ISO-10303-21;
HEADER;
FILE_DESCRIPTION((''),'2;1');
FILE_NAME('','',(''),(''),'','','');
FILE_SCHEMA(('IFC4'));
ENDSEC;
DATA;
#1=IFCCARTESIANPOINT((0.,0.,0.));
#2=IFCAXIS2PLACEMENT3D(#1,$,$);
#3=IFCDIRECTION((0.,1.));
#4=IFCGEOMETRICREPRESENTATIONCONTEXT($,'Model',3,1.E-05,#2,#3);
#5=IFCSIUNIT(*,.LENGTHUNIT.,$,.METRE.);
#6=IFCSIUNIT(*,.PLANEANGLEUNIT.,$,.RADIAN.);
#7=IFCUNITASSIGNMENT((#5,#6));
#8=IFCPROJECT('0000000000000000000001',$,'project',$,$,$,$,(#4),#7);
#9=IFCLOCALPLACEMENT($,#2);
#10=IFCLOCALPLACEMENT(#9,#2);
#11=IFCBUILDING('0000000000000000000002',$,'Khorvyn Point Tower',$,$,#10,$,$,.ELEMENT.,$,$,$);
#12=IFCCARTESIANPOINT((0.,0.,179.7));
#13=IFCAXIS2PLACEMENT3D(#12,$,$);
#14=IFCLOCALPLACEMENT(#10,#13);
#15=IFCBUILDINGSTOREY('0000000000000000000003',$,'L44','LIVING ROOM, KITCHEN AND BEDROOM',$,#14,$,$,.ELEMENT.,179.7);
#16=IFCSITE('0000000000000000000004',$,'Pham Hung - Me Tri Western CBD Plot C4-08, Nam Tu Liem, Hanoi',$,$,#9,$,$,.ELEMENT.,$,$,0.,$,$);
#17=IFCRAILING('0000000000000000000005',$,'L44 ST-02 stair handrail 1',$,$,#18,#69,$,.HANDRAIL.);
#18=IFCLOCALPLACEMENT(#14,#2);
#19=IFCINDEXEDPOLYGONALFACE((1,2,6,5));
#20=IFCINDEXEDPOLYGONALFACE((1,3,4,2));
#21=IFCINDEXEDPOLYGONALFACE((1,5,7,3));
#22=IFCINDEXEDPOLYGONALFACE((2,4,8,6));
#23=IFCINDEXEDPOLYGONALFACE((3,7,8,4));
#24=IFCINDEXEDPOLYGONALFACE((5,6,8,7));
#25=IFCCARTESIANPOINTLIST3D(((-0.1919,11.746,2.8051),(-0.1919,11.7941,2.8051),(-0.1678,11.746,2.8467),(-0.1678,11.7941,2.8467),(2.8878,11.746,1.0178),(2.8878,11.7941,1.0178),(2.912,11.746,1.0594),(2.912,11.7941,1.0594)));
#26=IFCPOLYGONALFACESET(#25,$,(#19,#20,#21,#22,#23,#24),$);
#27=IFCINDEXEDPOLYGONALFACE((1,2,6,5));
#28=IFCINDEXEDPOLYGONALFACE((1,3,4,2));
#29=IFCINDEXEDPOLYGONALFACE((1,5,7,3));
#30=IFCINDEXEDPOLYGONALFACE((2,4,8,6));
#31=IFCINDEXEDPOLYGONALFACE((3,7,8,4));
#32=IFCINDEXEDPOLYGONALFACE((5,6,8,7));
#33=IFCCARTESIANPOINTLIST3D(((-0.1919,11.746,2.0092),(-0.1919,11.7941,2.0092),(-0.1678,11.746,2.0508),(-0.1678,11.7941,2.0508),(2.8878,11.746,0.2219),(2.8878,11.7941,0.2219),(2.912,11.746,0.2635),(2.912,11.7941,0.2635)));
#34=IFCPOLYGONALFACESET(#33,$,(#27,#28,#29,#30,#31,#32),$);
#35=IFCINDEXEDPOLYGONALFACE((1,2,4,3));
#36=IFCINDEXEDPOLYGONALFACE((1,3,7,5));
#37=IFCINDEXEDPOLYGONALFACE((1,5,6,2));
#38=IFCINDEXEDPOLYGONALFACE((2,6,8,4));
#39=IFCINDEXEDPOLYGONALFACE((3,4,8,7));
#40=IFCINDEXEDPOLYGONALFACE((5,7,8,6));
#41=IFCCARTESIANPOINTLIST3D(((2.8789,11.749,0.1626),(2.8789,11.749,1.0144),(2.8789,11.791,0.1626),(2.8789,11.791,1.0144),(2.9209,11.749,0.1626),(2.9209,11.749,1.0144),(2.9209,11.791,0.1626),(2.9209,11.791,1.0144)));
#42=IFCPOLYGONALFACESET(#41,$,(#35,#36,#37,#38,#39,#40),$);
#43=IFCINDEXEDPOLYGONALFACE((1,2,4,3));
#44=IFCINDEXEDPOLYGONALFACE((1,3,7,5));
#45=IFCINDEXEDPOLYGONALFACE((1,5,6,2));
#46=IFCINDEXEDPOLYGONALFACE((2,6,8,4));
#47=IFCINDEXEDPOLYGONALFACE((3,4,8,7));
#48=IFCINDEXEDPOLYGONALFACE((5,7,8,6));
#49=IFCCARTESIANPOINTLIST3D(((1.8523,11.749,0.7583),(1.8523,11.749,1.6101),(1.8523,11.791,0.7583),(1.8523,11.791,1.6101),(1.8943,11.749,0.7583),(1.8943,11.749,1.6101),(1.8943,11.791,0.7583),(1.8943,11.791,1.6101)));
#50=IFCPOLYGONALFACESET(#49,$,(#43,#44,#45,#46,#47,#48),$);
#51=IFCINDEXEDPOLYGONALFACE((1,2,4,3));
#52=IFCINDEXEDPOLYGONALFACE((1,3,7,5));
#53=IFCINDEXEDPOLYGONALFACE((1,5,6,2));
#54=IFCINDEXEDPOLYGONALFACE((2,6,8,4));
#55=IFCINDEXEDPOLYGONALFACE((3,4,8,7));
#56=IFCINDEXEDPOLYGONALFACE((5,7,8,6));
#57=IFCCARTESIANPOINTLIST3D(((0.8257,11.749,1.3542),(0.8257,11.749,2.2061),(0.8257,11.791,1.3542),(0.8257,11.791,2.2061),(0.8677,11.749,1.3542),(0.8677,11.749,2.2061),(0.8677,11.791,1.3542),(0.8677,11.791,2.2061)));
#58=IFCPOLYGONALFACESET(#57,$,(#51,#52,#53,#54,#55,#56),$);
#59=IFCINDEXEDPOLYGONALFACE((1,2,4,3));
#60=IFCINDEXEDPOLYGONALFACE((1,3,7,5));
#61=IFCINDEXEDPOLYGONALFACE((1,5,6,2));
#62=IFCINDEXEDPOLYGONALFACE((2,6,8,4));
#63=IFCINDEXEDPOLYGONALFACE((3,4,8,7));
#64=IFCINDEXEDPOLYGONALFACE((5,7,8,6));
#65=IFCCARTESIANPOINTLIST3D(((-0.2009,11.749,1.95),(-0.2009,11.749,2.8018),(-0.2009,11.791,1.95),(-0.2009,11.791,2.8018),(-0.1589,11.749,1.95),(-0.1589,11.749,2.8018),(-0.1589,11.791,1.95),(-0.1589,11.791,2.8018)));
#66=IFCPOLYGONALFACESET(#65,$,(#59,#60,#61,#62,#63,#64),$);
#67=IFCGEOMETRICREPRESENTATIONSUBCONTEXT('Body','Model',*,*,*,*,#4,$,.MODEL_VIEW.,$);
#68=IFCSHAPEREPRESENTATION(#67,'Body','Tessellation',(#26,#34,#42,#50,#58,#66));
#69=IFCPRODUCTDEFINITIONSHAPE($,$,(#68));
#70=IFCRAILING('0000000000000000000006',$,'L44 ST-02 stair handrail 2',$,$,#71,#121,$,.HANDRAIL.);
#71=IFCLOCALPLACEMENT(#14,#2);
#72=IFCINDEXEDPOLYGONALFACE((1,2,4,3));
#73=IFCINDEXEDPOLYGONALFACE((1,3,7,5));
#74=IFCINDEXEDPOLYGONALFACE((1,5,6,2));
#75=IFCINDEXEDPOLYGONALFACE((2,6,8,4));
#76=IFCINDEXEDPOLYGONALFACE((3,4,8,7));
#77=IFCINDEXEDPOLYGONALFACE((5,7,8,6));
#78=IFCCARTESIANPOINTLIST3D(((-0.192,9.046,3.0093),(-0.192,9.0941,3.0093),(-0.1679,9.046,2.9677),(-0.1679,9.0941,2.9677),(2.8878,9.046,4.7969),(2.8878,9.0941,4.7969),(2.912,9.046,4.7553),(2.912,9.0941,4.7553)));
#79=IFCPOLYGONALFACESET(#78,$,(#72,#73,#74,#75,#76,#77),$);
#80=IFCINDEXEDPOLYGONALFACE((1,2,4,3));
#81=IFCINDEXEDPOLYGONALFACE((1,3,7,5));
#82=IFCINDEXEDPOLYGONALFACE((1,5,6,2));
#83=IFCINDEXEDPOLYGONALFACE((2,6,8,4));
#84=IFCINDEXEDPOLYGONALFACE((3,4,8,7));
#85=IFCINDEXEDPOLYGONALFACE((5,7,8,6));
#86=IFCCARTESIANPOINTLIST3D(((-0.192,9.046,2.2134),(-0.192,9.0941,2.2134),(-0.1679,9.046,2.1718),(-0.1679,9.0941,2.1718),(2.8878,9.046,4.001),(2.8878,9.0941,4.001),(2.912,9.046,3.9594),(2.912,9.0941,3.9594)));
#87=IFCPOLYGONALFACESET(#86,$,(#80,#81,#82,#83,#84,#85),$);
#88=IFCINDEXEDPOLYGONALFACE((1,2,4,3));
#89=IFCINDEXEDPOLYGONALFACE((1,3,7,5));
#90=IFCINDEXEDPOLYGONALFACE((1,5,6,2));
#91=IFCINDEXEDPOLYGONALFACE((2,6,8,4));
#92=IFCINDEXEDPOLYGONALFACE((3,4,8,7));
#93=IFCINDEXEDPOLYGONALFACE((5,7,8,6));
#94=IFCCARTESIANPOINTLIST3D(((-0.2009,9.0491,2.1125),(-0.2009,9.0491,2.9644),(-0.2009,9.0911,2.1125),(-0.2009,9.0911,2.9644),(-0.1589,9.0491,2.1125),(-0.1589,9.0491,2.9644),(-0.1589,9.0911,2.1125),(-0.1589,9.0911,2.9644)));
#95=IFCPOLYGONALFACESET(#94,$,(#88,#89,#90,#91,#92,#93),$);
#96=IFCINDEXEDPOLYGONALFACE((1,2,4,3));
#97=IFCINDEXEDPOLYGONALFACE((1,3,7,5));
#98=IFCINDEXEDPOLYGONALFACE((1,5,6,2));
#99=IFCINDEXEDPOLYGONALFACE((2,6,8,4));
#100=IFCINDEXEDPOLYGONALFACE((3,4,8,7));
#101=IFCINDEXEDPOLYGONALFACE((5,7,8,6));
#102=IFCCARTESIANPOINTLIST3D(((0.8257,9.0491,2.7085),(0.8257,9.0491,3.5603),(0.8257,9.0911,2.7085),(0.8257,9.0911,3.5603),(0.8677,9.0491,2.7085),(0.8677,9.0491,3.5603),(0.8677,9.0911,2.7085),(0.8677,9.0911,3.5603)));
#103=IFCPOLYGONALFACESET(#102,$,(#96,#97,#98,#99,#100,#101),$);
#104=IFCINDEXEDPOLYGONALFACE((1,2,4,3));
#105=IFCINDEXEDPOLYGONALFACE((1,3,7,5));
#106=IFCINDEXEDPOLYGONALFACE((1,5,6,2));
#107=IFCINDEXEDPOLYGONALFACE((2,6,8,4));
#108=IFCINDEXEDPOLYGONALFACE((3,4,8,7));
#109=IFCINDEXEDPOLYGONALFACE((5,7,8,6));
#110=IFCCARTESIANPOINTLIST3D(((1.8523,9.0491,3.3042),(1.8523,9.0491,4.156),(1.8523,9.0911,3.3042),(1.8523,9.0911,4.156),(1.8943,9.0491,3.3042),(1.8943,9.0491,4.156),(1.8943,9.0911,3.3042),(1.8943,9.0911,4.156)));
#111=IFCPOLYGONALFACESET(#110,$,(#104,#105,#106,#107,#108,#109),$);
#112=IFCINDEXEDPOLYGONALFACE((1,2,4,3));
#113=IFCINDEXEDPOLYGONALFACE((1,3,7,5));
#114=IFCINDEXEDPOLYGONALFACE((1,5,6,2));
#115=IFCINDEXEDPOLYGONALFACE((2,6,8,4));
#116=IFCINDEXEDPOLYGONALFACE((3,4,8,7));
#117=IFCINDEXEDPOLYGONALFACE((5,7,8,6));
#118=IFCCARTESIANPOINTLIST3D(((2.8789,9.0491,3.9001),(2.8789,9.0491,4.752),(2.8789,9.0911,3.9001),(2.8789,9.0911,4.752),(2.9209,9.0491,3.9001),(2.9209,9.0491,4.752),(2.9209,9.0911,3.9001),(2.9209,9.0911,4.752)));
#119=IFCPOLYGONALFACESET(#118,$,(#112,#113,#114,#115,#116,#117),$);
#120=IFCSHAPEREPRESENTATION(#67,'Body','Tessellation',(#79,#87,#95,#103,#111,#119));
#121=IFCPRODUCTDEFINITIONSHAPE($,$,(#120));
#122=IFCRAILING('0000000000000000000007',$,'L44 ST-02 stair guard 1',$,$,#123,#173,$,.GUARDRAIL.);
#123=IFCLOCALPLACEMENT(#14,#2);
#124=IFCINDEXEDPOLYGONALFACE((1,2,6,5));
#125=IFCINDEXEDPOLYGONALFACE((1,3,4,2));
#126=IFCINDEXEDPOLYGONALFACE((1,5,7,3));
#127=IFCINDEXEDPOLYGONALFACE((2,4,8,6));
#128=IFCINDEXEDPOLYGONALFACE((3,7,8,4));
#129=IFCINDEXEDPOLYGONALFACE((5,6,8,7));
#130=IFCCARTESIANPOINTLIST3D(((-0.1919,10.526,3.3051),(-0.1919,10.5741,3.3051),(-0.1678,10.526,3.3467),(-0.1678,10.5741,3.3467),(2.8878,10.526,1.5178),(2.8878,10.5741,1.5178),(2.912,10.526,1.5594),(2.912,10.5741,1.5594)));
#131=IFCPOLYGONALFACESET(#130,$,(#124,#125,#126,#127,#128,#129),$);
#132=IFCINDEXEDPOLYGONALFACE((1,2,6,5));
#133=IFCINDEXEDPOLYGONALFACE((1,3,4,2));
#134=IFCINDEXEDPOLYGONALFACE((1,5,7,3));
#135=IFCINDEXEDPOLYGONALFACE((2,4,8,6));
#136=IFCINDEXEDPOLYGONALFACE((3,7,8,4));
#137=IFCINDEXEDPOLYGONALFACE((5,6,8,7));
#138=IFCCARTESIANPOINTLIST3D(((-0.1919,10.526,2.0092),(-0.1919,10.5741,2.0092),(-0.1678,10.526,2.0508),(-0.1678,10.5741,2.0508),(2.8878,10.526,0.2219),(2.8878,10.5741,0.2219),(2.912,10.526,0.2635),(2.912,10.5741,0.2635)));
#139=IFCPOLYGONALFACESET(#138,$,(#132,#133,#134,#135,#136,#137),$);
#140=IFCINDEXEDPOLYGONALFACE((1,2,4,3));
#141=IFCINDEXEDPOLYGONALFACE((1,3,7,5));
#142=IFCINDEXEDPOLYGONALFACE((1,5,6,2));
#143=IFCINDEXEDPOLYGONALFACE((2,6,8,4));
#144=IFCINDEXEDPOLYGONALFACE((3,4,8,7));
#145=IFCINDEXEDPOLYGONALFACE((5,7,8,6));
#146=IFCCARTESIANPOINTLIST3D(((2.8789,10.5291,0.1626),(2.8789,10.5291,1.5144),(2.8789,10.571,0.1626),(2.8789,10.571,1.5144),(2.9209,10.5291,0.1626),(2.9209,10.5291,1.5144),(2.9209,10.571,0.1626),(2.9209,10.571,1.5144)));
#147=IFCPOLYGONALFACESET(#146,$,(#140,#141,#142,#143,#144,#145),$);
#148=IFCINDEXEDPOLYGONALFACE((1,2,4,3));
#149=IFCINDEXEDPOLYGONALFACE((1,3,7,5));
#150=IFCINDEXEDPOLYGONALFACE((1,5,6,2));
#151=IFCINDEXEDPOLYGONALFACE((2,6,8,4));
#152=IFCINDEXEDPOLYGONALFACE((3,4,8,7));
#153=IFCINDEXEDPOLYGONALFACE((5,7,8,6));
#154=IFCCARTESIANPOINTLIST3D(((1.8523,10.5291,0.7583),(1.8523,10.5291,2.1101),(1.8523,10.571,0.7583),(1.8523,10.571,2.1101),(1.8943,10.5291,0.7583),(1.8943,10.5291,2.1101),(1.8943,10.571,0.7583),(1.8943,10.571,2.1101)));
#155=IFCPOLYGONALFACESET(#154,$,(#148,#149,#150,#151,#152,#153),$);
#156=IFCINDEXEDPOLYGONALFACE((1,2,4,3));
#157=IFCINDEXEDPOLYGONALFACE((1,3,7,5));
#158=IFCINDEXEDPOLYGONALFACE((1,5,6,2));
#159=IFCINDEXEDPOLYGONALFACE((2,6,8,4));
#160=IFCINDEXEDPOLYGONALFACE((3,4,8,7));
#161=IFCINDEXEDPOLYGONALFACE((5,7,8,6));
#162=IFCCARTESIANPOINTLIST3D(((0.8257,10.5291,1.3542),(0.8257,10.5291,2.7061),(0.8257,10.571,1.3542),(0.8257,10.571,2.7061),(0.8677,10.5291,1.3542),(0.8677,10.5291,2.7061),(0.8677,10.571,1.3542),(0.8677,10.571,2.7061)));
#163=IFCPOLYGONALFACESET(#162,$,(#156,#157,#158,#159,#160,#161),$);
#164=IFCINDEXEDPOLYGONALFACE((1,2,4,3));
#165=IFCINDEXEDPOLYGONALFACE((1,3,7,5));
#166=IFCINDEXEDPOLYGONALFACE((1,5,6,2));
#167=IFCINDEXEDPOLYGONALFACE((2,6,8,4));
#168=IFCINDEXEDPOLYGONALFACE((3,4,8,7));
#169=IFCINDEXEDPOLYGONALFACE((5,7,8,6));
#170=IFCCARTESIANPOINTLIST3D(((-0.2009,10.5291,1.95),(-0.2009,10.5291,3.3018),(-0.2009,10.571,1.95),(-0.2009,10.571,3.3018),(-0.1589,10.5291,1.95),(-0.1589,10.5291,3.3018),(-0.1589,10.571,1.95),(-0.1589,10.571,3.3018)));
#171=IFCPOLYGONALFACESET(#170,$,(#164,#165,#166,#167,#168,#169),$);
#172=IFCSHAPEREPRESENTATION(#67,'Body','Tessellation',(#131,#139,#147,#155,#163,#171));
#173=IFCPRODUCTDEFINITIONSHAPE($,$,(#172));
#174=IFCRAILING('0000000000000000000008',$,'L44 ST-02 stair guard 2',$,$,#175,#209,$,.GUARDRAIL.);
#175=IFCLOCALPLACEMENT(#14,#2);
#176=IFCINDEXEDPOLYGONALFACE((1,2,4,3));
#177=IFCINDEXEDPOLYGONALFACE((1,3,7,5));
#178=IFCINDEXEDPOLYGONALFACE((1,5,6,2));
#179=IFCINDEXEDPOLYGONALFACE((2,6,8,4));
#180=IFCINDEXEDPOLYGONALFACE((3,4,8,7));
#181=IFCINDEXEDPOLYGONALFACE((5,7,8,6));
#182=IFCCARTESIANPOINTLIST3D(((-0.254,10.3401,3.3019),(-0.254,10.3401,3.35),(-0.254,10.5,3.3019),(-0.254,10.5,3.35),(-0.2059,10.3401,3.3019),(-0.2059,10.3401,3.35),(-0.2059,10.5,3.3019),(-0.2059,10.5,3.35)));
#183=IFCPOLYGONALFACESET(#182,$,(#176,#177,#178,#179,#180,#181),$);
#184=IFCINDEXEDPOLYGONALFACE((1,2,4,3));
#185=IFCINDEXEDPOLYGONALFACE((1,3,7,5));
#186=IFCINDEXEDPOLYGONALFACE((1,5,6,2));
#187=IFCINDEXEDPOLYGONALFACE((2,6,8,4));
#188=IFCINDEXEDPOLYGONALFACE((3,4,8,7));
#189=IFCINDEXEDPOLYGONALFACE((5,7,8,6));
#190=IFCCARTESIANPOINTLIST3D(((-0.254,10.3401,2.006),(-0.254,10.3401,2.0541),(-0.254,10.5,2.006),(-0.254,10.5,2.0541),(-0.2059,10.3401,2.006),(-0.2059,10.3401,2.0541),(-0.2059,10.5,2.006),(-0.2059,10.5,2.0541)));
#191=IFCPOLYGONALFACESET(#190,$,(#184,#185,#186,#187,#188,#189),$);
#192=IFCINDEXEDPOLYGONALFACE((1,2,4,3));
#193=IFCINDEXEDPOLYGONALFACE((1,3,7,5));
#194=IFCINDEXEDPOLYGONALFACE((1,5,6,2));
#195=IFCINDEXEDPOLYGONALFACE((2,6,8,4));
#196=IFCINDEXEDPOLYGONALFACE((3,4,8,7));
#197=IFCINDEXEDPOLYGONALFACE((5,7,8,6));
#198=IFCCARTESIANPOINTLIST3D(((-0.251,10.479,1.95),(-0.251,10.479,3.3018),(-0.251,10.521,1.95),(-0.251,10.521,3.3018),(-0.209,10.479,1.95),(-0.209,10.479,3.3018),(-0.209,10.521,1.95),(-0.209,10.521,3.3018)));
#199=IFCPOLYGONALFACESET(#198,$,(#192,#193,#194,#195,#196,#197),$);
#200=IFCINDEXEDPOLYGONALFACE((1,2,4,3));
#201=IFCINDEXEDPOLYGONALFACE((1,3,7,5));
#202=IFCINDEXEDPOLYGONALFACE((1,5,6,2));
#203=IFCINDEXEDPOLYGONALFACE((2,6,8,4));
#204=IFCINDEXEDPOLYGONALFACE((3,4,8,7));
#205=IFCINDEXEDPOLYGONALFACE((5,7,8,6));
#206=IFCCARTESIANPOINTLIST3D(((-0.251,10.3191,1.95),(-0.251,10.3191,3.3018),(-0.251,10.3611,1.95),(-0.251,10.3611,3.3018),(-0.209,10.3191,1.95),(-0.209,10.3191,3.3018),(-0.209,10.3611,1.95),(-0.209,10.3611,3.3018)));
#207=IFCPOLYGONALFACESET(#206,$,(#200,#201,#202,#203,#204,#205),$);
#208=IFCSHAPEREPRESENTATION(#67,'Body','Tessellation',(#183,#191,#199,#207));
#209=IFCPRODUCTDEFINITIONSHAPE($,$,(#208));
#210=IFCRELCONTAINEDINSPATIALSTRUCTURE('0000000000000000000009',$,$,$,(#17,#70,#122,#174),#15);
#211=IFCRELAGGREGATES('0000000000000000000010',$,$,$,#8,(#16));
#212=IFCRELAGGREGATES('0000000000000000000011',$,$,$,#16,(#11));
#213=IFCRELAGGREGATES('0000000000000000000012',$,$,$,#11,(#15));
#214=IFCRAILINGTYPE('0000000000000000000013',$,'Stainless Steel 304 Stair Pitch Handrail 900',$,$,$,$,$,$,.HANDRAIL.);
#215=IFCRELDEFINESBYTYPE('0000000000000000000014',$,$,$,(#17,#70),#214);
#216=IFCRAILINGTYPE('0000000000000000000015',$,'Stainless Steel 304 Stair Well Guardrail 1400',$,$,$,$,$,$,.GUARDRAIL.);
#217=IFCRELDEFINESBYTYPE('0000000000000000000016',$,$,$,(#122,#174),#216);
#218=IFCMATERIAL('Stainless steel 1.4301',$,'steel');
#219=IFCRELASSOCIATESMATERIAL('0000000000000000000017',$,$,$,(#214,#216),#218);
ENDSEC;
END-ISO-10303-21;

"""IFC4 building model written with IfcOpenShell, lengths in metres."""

from ifc_helpers import new_model, si_unit, direction, frame, origin, origin_2d, place, context, subcontext, project, spatial, rectangle, extrude, material, type_object, element, save


model = new_model("IFC4")

# Units and contexts
model_context = context("Model", 3, precision=1e-05, world=origin(), true_north=direction((0.0, 1.0)))
body_context = subcontext(model_context, "Body", "Model", "MODEL_VIEW")
ifc_project = project(units=[si_unit("LENGTHUNIT", "METRE"), si_unit("PLANEANGLEUNIT", "RADIAN")], contexts=[model_context])

# Site, building, storey
site_placement = place(None, origin())
site = spatial("IfcSite", under=ifc_project, at=site_placement, Name="Pham Hung - Me Tri Western CBD Plot C4-08, Nam Tu Liem, Hanoi", CompositionType="ELEMENT", RefElevation=0.0)
building_placement = place(site_placement, origin())
building = spatial("IfcBuilding", under=site, at=building_placement, Name="Khorvyn Point Tower", CompositionType="ELEMENT")
storey_placement = place(building_placement, frame((0.0, 0.0, 179.7)))
storey = spatial("IfcBuildingStorey", under=building, at=storey_placement, Name="L44", Description="LIVING ROOM, KITCHEN AND BEDROOM", CompositionType="ELEMENT", Elevation=179.7)

# Shared definitions
ifc_material_1 = material(Name="Stainless steel 1.4301", Category="steel")

# Railings
railing_type_1 = type_object("IfcRailingType", Name="Stainless Steel 304 Stair Pitch Handrail 900", PredefinedType="HANDRAIL", material=ifc_material_1)
railing_1_placement = place(storey_placement, frame((2.8999, 11.77, 0.1626)))
element("IfcRailing", 1, at=railing_1_placement, inside=storey, type_object=railing_type_1, Name="L44 ST-02 stair handrail 1", PredefinedType="HANDRAIL", context=body_context, shape_type="SweptSolid", body=[
    extrude(rectangle(XDim=0.0481, YDim=0.0481, at=origin_2d()), frame((0.0, 0.0, 0.876), z_axis=(-0.864903, 0.0, 0.501939), x_axis=(0.0, -1.0, 0.0)), (0.0, 0.0, 1.0), 3.5608),
    extrude(rectangle(XDim=0.0481, YDim=0.0481, at=origin_2d()), frame((0.0, 0.0, 0.0801), z_axis=(-0.864903, 0.0, 0.501939), x_axis=(0.0, -1.0, 0.0)), (0.0, 0.0, 1.0), 3.5608),
    extrude(rectangle(XDim=0.042, YDim=0.042, at=origin_2d()), origin(), (0.0, 0.0, 1.0), 0.8518),
    extrude(rectangle(XDim=0.042, YDim=0.042, at=origin_2d()), frame((-1.0266, 0.0, 0.5957)), (0.0, 0.0, 1.0), 0.8518),
    extrude(rectangle(XDim=0.042, YDim=0.042, at=origin_2d()), frame((-2.0532, 0.0, 1.1917)), (0.0, 0.0, 1.0), 0.8518),
    extrude(rectangle(XDim=0.042, YDim=0.042, at=origin_2d()), frame((-3.0798, 0.0, 1.7874)), (0.0, 0.0, 1.0), 0.8518),
])
railing_2_placement = place(storey_placement, frame((-0.1799, 9.0701, 2.1125)))
element("IfcRailing", 2, at=railing_2_placement, inside=storey, type_object=railing_type_1, Name="L44 ST-02 stair handrail 2", PredefinedType="HANDRAIL", context=body_context, shape_type="SweptSolid", body=[
    extrude(rectangle(XDim=0.0481, YDim=0.0481, at=origin_2d()), frame((0.0, 0.0, 0.876), z_axis=(0.864873, 0.0, 0.50199), x_axis=(0.0, 1.0, 0.0)), (0.0, 0.0, 1.0), 3.561),
    extrude(rectangle(XDim=0.0481, YDim=0.0481, at=origin_2d()), frame((0.0, 0.0, 0.0801), z_axis=(0.864873, 0.0, 0.50199), x_axis=(0.0, 1.0, 0.0)), (0.0, 0.0, 1.0), 3.561),
    extrude(rectangle(XDim=0.042, YDim=0.042, at=origin_2d()), origin(), (0.0, 0.0, 1.0), 0.8518),
    extrude(rectangle(XDim=0.042, YDim=0.042, at=origin_2d()), frame((1.0266, 0.0, 0.5959)), (0.0, 0.0, 1.0), 0.8518),
    extrude(rectangle(XDim=0.042, YDim=0.042, at=origin_2d()), frame((2.0532, 0.0, 1.1917)), (0.0, 0.0, 1.0), 0.8518),
    extrude(rectangle(XDim=0.042, YDim=0.042, at=origin_2d()), frame((3.0798, 0.0, 1.7876)), (0.0, 0.0, 1.0), 0.8518),
])
railing_type_2 = type_object("IfcRailingType", Name="Stainless Steel 304 Stair Well Guardrail 1400", PredefinedType="GUARDRAIL", material=ifc_material_1)
railing_3_placement = place(storey_placement, frame((2.8999, 10.55, 0.1626)))
element("IfcRailing", 3, at=railing_3_placement, inside=storey, type_object=railing_type_2, Name="L44 ST-02 stair guard 1", PredefinedType="GUARDRAIL", context=body_context, shape_type="SweptSolid", body=[
    extrude(rectangle(XDim=0.0481, YDim=0.0481, at=origin_2d()), frame((0.0, 0.0, 1.376), z_axis=(-0.864903, 0.0, 0.501939), x_axis=(0.0, -1.0, 0.0)), (0.0, 0.0, 1.0), 3.5608),
    extrude(rectangle(XDim=0.0481, YDim=0.0481, at=origin_2d()), frame((0.0, 0.0, 0.0801), z_axis=(-0.864903, 0.0, 0.501939), x_axis=(0.0, -1.0, 0.0)), (0.0, 0.0, 1.0), 3.5608),
    extrude(rectangle(XDim=0.042, YDim=0.042, at=origin_2d()), origin(), (0.0, 0.0, 1.0), 1.3518),
    extrude(rectangle(XDim=0.042, YDim=0.042, at=origin_2d()), frame((-1.0266, 0.0, 0.5957)), (0.0, 0.0, 1.0), 1.3518),
    extrude(rectangle(XDim=0.042, YDim=0.042, at=origin_2d()), frame((-2.0532, 0.0, 1.1917)), (0.0, 0.0, 1.0), 1.3518),
    extrude(rectangle(XDim=0.042, YDim=0.042, at=origin_2d()), frame((-3.0798, 0.0, 1.7874)), (0.0, 0.0, 1.0), 1.3518),
])
railing_4_placement = place(storey_placement, frame((-0.23, 10.5, 1.95)))
element("IfcRailing", 4, at=railing_4_placement, inside=storey, type_object=railing_type_2, Name="L44 ST-02 stair guard 2", PredefinedType="GUARDRAIL", context=body_context, shape_type="SweptSolid", body=[
    extrude(rectangle(XDim=0.0481, YDim=0.0481, at=origin_2d()), frame((0.0, 0.0, 1.376), z_axis=(0.0, -1.0, 0.0), x_axis=(1.0, 0.0, 0.0)), (0.0, 0.0, 1.0), 0.1599),
    extrude(rectangle(XDim=0.0481, YDim=0.0481, at=origin_2d()), frame((0.0, 0.0, 0.0801), z_axis=(0.0, -1.0, 0.0), x_axis=(1.0, 0.0, 0.0)), (0.0, 0.0, 1.0), 0.1599),
    extrude(rectangle(XDim=0.042, YDim=0.042, at=origin_2d()), origin(), (0.0, 0.0, 1.0), 1.3518),
    extrude(rectangle(XDim=0.042, YDim=0.042, at=origin_2d()), frame((0.0, -0.1599, 0.0)), (0.0, 0.0, 1.0), 1.3518),
])

save(model, "model.ifc")
